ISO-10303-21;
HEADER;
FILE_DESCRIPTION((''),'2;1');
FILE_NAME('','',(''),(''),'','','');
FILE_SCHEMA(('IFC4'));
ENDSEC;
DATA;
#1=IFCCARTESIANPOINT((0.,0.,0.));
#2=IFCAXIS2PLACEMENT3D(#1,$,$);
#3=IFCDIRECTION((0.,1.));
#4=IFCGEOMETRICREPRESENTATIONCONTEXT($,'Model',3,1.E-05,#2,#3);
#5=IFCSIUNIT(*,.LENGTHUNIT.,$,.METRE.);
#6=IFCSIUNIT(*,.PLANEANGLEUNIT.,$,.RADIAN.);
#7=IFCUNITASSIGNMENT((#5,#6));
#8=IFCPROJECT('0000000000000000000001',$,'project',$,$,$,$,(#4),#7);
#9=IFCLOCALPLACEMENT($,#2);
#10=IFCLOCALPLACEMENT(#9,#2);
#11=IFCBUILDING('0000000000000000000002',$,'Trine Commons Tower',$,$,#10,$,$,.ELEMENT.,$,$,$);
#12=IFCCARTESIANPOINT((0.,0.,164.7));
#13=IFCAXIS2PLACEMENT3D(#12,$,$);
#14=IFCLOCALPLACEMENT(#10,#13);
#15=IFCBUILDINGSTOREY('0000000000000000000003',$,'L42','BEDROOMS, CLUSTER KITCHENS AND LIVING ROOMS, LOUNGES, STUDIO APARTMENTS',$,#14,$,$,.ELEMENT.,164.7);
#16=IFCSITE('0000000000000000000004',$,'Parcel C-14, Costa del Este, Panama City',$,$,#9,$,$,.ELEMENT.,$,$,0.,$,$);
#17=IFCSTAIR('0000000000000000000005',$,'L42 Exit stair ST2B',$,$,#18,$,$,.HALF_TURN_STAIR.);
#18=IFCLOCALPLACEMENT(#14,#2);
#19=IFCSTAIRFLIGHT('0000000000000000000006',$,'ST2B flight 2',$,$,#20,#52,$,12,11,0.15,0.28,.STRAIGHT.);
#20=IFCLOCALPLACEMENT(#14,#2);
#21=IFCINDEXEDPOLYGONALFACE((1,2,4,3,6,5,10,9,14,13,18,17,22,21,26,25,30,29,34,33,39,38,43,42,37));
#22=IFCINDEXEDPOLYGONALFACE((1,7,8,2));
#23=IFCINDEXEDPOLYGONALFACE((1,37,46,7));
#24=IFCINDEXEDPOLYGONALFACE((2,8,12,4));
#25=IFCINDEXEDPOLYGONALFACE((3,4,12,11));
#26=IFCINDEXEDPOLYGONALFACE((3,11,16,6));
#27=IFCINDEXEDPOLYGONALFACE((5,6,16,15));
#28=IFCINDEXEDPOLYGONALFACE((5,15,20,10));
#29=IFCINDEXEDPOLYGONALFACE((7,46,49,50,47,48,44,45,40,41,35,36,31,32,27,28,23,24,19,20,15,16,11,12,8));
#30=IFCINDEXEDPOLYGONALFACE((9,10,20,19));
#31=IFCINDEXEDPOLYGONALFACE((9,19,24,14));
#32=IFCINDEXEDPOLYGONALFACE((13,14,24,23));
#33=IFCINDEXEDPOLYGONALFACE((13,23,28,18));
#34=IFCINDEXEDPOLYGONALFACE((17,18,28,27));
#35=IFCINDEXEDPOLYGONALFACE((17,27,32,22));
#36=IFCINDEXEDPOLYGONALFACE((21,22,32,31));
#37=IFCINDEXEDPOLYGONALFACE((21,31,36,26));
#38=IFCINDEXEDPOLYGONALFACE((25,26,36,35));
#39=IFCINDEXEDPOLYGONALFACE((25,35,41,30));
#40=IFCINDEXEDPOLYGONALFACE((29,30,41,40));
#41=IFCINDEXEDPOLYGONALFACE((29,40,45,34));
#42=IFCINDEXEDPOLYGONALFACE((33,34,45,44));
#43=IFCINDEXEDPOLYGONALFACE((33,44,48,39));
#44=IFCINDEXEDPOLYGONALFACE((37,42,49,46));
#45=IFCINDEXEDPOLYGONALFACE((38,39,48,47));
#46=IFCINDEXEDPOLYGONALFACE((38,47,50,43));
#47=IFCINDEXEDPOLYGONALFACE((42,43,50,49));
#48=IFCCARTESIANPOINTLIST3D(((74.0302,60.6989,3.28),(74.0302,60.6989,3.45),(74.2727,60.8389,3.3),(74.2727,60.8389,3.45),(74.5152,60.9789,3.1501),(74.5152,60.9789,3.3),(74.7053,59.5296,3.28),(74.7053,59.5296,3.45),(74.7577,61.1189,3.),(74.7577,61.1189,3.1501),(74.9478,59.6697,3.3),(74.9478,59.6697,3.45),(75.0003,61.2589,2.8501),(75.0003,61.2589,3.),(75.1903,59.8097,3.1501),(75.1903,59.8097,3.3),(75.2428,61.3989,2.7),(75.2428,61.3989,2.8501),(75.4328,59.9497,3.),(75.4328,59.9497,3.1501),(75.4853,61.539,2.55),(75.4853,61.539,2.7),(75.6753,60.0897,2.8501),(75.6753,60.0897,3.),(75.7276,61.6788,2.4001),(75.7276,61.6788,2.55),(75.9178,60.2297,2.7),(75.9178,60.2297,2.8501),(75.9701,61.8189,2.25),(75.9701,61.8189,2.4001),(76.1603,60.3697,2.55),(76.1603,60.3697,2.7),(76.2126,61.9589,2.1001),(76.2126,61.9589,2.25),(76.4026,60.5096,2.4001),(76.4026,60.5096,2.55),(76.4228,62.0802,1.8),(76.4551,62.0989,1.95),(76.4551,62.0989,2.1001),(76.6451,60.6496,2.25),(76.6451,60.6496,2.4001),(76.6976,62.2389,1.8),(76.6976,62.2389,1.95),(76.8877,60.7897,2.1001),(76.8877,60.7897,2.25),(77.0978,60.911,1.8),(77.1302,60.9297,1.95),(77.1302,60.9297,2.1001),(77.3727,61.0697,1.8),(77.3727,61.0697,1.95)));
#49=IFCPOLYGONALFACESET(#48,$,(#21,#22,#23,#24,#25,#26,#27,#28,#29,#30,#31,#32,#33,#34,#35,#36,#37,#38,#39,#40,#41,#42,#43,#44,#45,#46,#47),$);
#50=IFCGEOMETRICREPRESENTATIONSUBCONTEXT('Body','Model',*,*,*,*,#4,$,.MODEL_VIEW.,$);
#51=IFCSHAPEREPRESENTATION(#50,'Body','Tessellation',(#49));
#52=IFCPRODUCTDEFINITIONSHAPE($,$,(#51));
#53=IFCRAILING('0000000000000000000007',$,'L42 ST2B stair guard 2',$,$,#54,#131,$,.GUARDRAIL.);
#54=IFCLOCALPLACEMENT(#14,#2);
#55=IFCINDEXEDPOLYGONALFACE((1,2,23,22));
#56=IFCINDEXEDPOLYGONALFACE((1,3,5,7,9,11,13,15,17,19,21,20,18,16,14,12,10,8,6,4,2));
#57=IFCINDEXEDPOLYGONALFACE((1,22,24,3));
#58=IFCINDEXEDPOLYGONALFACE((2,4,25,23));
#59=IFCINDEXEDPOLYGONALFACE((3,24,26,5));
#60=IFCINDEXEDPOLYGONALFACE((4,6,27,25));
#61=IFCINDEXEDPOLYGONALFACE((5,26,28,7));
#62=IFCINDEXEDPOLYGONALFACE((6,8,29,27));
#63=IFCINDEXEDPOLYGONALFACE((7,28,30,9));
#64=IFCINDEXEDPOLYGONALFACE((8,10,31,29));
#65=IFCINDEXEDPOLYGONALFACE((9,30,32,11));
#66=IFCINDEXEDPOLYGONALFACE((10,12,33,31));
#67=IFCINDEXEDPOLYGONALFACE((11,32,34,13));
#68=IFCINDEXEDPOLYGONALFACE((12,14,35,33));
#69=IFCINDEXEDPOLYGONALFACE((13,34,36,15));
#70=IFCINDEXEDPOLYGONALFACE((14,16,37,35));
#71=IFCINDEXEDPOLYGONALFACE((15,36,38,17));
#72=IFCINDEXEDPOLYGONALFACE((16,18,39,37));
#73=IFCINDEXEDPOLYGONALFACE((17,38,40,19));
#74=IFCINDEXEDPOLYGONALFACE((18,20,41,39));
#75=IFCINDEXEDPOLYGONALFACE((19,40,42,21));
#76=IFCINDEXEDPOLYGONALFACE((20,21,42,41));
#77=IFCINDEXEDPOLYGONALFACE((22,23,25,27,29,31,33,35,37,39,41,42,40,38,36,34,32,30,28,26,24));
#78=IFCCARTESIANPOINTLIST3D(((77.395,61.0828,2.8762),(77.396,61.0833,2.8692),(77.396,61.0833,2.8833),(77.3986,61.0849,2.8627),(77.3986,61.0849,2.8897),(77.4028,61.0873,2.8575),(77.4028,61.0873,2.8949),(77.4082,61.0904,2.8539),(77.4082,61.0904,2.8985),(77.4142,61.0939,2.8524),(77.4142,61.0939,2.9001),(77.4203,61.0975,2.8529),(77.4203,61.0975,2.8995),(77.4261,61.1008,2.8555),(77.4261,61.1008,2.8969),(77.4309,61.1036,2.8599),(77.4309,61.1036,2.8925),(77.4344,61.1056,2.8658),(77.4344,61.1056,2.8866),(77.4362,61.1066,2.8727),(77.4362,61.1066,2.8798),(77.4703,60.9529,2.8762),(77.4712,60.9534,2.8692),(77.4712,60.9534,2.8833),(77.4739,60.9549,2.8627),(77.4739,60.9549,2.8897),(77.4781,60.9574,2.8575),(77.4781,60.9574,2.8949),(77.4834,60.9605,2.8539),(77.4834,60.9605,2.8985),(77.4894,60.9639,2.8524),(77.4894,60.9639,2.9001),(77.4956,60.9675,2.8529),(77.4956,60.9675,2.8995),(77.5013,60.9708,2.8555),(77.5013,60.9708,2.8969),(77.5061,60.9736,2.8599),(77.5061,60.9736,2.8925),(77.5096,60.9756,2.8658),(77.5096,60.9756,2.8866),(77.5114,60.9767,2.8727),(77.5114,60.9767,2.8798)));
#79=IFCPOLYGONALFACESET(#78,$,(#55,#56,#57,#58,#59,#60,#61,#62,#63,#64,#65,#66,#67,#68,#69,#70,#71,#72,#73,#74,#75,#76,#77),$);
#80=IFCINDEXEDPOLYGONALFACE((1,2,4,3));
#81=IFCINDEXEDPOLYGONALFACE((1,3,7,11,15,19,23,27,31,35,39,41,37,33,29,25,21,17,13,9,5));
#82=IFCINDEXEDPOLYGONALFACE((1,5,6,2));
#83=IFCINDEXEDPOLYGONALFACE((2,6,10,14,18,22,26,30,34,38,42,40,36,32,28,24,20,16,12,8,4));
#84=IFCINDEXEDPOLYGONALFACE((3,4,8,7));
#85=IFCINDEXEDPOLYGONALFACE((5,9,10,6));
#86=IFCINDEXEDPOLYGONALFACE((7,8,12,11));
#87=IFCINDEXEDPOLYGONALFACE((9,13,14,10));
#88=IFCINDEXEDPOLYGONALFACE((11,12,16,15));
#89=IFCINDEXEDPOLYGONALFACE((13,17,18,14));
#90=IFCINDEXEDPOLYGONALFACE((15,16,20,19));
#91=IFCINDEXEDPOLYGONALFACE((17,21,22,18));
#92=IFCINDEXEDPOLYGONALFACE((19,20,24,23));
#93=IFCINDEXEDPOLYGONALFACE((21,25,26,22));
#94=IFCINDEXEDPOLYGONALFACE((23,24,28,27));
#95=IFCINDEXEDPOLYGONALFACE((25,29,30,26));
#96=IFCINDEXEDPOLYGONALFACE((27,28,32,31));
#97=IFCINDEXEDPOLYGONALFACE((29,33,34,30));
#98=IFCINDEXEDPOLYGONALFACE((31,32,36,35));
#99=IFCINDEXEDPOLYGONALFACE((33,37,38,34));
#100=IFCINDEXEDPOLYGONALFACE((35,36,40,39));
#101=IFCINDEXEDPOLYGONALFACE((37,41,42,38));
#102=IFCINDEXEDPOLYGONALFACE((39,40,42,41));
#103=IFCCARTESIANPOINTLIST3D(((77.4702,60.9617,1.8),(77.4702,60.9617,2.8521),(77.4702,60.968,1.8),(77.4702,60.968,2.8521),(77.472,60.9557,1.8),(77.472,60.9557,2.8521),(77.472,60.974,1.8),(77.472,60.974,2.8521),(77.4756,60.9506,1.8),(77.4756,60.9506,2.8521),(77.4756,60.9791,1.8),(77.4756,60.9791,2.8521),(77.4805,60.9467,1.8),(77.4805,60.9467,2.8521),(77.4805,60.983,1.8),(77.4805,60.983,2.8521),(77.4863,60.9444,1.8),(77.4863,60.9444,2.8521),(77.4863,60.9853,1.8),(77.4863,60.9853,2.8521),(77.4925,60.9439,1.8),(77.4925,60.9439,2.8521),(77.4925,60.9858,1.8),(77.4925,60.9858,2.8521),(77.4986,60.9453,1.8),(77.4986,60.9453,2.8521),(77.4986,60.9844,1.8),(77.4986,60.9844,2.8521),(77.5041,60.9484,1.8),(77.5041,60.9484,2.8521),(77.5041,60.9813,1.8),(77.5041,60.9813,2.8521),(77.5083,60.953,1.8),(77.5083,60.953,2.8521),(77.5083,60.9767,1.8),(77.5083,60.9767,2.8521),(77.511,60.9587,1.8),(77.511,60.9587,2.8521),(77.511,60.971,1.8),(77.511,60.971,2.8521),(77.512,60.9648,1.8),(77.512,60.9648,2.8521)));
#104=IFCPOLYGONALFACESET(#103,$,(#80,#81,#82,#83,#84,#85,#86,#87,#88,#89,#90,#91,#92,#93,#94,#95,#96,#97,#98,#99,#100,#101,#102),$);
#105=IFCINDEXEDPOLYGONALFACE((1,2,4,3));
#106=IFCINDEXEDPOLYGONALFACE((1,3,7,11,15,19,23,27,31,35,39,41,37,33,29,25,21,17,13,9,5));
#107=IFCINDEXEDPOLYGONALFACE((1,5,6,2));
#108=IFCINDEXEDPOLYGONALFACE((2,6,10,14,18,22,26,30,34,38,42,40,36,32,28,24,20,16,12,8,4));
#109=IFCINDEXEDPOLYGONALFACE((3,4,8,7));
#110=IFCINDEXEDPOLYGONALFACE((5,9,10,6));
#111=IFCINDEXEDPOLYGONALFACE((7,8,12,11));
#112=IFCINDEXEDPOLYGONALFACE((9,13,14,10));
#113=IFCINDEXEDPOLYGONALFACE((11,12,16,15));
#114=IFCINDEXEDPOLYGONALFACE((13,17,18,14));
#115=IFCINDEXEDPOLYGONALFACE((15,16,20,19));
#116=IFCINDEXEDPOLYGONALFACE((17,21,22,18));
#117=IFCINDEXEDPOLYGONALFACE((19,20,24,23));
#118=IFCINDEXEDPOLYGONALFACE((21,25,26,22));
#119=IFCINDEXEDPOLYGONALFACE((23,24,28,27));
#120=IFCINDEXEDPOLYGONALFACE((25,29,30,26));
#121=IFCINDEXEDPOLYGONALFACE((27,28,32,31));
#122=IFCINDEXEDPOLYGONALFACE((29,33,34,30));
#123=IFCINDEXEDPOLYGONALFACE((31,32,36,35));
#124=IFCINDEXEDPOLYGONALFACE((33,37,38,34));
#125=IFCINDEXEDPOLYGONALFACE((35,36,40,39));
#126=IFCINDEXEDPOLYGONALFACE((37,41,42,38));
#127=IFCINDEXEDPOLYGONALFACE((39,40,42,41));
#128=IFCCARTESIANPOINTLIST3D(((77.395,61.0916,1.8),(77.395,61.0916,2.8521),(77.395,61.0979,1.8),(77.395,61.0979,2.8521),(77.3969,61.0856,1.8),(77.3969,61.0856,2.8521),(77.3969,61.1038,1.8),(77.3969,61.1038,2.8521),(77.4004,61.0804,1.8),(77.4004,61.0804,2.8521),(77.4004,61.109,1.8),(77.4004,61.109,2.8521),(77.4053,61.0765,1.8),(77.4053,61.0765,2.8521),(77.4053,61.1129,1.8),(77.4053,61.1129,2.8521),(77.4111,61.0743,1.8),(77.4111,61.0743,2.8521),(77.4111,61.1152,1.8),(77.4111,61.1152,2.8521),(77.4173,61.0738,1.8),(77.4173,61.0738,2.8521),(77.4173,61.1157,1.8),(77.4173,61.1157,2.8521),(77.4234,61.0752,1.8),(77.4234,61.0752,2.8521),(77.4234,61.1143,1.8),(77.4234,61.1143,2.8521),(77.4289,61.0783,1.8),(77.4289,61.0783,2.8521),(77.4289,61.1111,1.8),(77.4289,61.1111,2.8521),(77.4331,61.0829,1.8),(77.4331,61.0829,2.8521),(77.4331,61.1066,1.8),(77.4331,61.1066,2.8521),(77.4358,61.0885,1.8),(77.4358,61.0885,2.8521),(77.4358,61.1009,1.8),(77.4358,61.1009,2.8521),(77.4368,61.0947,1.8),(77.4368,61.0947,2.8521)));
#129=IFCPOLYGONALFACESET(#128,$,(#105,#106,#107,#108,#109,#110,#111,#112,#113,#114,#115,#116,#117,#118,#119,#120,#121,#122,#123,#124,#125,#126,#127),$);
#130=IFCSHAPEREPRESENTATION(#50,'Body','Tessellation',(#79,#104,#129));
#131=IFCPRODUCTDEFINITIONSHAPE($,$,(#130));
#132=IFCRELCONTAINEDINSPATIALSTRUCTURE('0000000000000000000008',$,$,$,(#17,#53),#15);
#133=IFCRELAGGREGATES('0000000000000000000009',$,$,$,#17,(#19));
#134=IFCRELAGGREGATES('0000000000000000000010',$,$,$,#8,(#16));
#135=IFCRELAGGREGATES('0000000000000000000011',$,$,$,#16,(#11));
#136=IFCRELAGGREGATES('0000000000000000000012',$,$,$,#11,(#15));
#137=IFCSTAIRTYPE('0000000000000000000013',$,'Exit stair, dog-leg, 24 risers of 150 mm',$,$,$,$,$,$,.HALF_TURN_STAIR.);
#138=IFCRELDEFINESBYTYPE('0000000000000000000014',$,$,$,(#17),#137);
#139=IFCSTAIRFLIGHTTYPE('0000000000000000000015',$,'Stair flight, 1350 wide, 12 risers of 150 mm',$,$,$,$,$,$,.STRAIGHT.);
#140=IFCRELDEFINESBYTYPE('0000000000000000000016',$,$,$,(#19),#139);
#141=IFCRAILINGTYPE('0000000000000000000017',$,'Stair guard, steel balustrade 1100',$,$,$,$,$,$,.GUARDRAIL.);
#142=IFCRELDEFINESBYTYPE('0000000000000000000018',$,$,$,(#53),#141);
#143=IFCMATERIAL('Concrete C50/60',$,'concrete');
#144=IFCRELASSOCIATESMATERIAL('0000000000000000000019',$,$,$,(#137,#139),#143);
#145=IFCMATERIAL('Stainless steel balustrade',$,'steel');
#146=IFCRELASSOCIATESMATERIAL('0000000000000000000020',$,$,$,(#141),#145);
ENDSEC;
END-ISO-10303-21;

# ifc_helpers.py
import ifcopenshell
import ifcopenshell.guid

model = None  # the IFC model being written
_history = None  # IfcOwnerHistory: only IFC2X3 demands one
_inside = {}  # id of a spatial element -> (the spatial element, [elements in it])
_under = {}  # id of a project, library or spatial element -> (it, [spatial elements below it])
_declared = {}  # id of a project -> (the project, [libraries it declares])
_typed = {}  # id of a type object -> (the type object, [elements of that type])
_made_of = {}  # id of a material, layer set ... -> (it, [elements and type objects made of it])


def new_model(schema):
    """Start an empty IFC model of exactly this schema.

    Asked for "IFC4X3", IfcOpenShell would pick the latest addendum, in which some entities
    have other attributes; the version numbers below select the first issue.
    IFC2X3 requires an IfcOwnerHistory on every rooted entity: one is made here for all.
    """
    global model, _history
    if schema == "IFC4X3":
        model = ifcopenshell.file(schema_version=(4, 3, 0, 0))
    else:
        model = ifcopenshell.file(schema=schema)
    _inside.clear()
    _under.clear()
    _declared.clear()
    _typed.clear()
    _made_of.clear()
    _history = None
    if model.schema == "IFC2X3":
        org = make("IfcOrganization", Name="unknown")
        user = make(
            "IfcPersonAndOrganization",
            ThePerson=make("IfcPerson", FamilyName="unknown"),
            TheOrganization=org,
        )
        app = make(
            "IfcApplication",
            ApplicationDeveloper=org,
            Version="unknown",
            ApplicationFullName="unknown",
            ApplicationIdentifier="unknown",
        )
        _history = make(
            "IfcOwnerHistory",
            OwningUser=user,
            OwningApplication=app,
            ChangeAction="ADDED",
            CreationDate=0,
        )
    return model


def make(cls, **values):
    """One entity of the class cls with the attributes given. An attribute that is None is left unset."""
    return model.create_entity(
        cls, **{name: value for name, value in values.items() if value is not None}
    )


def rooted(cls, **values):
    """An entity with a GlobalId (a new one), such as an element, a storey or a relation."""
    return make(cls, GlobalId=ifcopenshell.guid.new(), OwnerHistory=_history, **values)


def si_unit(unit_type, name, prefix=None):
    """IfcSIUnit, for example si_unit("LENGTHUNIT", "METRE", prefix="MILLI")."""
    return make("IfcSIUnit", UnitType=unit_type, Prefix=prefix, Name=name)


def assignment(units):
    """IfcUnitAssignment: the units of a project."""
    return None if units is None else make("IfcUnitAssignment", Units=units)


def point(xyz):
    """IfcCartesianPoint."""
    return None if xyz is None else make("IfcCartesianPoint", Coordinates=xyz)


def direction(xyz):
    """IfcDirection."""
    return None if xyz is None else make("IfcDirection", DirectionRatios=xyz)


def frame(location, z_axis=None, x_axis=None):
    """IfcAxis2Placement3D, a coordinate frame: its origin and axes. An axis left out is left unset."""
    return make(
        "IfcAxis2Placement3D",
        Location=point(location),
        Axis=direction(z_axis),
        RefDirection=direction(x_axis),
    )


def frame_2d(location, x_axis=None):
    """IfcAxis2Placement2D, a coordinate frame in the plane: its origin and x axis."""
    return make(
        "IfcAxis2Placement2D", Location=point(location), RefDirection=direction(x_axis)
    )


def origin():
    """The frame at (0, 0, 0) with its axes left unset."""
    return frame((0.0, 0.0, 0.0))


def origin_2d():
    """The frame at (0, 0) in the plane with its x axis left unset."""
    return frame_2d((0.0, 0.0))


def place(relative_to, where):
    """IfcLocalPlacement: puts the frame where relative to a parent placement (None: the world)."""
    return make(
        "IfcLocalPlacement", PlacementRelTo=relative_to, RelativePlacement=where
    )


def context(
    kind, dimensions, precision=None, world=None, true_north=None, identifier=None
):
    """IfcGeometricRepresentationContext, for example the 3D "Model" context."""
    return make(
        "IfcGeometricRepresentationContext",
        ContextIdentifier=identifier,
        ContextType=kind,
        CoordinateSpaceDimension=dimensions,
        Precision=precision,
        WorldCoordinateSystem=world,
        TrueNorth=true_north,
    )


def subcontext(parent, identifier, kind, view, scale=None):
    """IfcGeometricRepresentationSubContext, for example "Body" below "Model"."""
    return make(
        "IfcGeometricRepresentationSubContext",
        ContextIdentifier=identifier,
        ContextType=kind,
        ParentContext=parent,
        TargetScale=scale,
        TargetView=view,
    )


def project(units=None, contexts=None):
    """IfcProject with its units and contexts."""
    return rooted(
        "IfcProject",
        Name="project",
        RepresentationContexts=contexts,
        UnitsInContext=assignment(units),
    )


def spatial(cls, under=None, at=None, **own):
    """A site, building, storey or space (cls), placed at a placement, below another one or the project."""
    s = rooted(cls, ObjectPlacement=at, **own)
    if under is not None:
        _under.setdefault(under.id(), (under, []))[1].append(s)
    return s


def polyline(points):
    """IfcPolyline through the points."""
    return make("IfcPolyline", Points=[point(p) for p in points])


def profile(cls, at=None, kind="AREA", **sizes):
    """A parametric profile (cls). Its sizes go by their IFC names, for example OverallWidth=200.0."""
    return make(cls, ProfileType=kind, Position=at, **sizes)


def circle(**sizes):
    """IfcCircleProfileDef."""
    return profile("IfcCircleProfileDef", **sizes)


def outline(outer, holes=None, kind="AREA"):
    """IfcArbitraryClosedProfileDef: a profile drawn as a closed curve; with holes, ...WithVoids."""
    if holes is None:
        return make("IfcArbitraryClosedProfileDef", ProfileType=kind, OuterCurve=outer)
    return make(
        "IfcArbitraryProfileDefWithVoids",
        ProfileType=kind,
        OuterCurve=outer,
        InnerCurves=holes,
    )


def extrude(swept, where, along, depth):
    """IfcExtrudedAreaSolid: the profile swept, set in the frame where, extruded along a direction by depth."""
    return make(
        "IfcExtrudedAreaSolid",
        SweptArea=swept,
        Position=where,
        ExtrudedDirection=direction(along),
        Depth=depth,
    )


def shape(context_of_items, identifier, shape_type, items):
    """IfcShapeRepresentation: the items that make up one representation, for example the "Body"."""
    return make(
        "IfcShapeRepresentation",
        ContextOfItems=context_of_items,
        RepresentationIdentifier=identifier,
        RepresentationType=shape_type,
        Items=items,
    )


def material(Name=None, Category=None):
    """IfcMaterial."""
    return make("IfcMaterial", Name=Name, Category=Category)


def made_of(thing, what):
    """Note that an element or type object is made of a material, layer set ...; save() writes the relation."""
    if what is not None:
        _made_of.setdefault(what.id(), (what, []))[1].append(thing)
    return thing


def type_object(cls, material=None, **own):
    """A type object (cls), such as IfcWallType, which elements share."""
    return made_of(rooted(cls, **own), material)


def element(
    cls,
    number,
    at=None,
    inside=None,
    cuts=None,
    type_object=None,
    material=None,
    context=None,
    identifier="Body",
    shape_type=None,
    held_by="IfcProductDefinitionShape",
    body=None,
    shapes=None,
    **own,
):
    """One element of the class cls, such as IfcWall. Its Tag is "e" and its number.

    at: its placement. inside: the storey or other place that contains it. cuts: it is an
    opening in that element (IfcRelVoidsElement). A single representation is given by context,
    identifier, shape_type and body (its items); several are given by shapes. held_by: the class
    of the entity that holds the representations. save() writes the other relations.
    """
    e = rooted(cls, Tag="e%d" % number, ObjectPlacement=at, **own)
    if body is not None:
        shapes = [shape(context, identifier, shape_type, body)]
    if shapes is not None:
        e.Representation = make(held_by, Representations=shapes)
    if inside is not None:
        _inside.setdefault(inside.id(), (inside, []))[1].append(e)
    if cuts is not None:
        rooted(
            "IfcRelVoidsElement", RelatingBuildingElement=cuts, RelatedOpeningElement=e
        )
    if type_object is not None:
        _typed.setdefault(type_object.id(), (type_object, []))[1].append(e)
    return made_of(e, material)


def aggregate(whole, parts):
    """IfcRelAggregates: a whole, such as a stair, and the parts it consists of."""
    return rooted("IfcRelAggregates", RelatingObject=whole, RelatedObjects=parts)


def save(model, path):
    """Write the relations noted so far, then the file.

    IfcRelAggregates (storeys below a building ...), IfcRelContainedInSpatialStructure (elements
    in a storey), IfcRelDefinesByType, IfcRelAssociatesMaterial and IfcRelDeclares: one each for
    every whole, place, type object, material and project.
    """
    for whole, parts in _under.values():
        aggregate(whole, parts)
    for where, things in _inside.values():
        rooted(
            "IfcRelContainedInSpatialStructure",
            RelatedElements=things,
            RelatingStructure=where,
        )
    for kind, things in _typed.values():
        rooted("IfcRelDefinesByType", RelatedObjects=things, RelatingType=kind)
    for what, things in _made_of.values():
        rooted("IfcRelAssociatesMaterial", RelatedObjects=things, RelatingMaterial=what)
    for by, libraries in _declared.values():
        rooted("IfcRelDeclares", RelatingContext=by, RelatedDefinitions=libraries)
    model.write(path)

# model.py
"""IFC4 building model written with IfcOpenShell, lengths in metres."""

from ifc_helpers import new_model, si_unit, direction, frame, origin, origin_2d, place, context, subcontext, project, spatial, polyline, circle, outline, extrude, material, type_object, element, aggregate, save


model = new_model("IFC4")

# Units and contexts
model_context = context("Model", 3, precision=1e-05, world=origin(), true_north=direction((0.0, 1.0)))
body_context = subcontext(model_context, "Body", "Model", "MODEL_VIEW")
ifc_project = project(units=[si_unit("LENGTHUNIT", "METRE"), si_unit("PLANEANGLEUNIT", "RADIAN")], contexts=[model_context])

# Site, building, storey
site_placement = place(None, origin())
site = spatial("IfcSite", under=ifc_project, at=site_placement, Name="Parcel C-14, Costa del Este, Panama City", CompositionType="ELEMENT", RefElevation=0.0)
building_placement = place(site_placement, origin())
building = spatial("IfcBuilding", under=site, at=building_placement, Name="Trine Commons Tower", CompositionType="ELEMENT")
storey_placement = place(building_placement, frame((0.0, 0.0, 164.7)))
storey = spatial("IfcBuildingStorey", under=building, at=storey_placement, Name="L42", Description="BEDROOMS, CLUSTER KITCHENS AND LIVING ROOMS, LOUNGES, STUDIO APARTMENTS", CompositionType="ELEMENT", Elevation=164.7)

# Stair, stair flight
ifc_material_1 = material(Name="Concrete C50/60", Category="concrete")
stair_type = type_object("IfcStairType", Name="Exit stair, dog-leg, 24 risers of 150 mm", PredefinedType="HALF_TURN_STAIR", material=ifc_material_1)
stair_placement = place(storey_placement, origin())
stair = element("IfcStair", 1, at=stair_placement, inside=storey, type_object=stair_type, Name="L42 Exit stair ST2B", PredefinedType="HALF_TURN_STAIR")
stair_flight_type = type_object("IfcStairFlightType", Name="Stair flight, 1350 wide, 12 risers of 150 mm", PredefinedType="STRAIGHT", material=ifc_material_1)
stair_flight_placement = place(storey_placement, frame((77.0352, 61.6543, 1.8), z_axis=(0.0, 0.0, 1.0), x_axis=(-0.866025, -0.5, 0.0)))
stair_flight = element("IfcStairFlight", 2, at=stair_flight_placement, type_object=stair_flight_type, Name="ST2B flight 2", NumberOfRisers=12, NumberOfTreads=11, PredefinedType="STRAIGHT", RiserHeight=0.15, TreadLength=0.28, context=body_context, shape_type="SweptSolid", body=[
    extrude(outline(polyline([(0.0, 0.0), (0.0, 0.1499), (0.28, 0.1499), (0.28, 0.3), (0.5601, 0.3), (0.5601, 0.45), (0.8401, 0.45), (0.8401, 0.6001), (1.1201, 0.6001), (1.1201, 0.75), (1.3999, 0.75), (1.3999, 0.8999), (1.6799, 0.8999), (1.6799, 1.05), (1.96, 1.05), (1.96, 1.2), (2.24, 1.2), (2.24, 1.3501), (2.52, 1.3501), (2.52, 1.5), (2.8, 1.5), (2.8, 1.6499), (3.0801, 1.6499), (3.0801, 1.8), (3.0801, 1.48), (0.3174, 0.0), (0.0, 0.0)])), frame((0.0, 0.675, 0.0), z_axis=(0.0, -1.0, 0.0), x_axis=(1.0, 0.0, 0.0)), (0.0, 0.0, 1.0), 1.3501),
])
aggregate(stair, [stair_flight])

# Railing
ifc_material_2 = material(Name="Stainless steel balustrade", Category="steel")
railing_type_1 = type_object("IfcRailingType", Name="Stair guard, steel balustrade 1100", PredefinedType="GUARDRAIL", material=ifc_material_2)
railing_1_placement = place(storey_placement, frame((77.491, 60.9648, 1.8)))
element("IfcRailing", 3, at=railing_1_placement, inside=storey, type_object=railing_type_1, Name="L42 ST2B stair guard 2", PredefinedType="GUARDRAIL", context=body_context, shape_type="SweptSolid", body=[
    extrude(circle(Radius=0.0239, at=origin_2d()), frame((0.0, 0.0, 1.0762), z_axis=(-0.501036, 0.865426, 0.0), x_axis=(-0.865426, -0.501036, 0.0)), (0.0, 0.0, 1.0), 0.1501),
    extrude(circle(Radius=0.021, at=origin_2d()), origin(), (0.0, 0.0, 1.0), 1.052),
    extrude(circle(Radius=0.021, at=origin_2d()), frame((-0.0752, 0.1299, 0.0)), (0.0, 0.0, 1.0), 1.052),
])

save(model, "model.ifc")
